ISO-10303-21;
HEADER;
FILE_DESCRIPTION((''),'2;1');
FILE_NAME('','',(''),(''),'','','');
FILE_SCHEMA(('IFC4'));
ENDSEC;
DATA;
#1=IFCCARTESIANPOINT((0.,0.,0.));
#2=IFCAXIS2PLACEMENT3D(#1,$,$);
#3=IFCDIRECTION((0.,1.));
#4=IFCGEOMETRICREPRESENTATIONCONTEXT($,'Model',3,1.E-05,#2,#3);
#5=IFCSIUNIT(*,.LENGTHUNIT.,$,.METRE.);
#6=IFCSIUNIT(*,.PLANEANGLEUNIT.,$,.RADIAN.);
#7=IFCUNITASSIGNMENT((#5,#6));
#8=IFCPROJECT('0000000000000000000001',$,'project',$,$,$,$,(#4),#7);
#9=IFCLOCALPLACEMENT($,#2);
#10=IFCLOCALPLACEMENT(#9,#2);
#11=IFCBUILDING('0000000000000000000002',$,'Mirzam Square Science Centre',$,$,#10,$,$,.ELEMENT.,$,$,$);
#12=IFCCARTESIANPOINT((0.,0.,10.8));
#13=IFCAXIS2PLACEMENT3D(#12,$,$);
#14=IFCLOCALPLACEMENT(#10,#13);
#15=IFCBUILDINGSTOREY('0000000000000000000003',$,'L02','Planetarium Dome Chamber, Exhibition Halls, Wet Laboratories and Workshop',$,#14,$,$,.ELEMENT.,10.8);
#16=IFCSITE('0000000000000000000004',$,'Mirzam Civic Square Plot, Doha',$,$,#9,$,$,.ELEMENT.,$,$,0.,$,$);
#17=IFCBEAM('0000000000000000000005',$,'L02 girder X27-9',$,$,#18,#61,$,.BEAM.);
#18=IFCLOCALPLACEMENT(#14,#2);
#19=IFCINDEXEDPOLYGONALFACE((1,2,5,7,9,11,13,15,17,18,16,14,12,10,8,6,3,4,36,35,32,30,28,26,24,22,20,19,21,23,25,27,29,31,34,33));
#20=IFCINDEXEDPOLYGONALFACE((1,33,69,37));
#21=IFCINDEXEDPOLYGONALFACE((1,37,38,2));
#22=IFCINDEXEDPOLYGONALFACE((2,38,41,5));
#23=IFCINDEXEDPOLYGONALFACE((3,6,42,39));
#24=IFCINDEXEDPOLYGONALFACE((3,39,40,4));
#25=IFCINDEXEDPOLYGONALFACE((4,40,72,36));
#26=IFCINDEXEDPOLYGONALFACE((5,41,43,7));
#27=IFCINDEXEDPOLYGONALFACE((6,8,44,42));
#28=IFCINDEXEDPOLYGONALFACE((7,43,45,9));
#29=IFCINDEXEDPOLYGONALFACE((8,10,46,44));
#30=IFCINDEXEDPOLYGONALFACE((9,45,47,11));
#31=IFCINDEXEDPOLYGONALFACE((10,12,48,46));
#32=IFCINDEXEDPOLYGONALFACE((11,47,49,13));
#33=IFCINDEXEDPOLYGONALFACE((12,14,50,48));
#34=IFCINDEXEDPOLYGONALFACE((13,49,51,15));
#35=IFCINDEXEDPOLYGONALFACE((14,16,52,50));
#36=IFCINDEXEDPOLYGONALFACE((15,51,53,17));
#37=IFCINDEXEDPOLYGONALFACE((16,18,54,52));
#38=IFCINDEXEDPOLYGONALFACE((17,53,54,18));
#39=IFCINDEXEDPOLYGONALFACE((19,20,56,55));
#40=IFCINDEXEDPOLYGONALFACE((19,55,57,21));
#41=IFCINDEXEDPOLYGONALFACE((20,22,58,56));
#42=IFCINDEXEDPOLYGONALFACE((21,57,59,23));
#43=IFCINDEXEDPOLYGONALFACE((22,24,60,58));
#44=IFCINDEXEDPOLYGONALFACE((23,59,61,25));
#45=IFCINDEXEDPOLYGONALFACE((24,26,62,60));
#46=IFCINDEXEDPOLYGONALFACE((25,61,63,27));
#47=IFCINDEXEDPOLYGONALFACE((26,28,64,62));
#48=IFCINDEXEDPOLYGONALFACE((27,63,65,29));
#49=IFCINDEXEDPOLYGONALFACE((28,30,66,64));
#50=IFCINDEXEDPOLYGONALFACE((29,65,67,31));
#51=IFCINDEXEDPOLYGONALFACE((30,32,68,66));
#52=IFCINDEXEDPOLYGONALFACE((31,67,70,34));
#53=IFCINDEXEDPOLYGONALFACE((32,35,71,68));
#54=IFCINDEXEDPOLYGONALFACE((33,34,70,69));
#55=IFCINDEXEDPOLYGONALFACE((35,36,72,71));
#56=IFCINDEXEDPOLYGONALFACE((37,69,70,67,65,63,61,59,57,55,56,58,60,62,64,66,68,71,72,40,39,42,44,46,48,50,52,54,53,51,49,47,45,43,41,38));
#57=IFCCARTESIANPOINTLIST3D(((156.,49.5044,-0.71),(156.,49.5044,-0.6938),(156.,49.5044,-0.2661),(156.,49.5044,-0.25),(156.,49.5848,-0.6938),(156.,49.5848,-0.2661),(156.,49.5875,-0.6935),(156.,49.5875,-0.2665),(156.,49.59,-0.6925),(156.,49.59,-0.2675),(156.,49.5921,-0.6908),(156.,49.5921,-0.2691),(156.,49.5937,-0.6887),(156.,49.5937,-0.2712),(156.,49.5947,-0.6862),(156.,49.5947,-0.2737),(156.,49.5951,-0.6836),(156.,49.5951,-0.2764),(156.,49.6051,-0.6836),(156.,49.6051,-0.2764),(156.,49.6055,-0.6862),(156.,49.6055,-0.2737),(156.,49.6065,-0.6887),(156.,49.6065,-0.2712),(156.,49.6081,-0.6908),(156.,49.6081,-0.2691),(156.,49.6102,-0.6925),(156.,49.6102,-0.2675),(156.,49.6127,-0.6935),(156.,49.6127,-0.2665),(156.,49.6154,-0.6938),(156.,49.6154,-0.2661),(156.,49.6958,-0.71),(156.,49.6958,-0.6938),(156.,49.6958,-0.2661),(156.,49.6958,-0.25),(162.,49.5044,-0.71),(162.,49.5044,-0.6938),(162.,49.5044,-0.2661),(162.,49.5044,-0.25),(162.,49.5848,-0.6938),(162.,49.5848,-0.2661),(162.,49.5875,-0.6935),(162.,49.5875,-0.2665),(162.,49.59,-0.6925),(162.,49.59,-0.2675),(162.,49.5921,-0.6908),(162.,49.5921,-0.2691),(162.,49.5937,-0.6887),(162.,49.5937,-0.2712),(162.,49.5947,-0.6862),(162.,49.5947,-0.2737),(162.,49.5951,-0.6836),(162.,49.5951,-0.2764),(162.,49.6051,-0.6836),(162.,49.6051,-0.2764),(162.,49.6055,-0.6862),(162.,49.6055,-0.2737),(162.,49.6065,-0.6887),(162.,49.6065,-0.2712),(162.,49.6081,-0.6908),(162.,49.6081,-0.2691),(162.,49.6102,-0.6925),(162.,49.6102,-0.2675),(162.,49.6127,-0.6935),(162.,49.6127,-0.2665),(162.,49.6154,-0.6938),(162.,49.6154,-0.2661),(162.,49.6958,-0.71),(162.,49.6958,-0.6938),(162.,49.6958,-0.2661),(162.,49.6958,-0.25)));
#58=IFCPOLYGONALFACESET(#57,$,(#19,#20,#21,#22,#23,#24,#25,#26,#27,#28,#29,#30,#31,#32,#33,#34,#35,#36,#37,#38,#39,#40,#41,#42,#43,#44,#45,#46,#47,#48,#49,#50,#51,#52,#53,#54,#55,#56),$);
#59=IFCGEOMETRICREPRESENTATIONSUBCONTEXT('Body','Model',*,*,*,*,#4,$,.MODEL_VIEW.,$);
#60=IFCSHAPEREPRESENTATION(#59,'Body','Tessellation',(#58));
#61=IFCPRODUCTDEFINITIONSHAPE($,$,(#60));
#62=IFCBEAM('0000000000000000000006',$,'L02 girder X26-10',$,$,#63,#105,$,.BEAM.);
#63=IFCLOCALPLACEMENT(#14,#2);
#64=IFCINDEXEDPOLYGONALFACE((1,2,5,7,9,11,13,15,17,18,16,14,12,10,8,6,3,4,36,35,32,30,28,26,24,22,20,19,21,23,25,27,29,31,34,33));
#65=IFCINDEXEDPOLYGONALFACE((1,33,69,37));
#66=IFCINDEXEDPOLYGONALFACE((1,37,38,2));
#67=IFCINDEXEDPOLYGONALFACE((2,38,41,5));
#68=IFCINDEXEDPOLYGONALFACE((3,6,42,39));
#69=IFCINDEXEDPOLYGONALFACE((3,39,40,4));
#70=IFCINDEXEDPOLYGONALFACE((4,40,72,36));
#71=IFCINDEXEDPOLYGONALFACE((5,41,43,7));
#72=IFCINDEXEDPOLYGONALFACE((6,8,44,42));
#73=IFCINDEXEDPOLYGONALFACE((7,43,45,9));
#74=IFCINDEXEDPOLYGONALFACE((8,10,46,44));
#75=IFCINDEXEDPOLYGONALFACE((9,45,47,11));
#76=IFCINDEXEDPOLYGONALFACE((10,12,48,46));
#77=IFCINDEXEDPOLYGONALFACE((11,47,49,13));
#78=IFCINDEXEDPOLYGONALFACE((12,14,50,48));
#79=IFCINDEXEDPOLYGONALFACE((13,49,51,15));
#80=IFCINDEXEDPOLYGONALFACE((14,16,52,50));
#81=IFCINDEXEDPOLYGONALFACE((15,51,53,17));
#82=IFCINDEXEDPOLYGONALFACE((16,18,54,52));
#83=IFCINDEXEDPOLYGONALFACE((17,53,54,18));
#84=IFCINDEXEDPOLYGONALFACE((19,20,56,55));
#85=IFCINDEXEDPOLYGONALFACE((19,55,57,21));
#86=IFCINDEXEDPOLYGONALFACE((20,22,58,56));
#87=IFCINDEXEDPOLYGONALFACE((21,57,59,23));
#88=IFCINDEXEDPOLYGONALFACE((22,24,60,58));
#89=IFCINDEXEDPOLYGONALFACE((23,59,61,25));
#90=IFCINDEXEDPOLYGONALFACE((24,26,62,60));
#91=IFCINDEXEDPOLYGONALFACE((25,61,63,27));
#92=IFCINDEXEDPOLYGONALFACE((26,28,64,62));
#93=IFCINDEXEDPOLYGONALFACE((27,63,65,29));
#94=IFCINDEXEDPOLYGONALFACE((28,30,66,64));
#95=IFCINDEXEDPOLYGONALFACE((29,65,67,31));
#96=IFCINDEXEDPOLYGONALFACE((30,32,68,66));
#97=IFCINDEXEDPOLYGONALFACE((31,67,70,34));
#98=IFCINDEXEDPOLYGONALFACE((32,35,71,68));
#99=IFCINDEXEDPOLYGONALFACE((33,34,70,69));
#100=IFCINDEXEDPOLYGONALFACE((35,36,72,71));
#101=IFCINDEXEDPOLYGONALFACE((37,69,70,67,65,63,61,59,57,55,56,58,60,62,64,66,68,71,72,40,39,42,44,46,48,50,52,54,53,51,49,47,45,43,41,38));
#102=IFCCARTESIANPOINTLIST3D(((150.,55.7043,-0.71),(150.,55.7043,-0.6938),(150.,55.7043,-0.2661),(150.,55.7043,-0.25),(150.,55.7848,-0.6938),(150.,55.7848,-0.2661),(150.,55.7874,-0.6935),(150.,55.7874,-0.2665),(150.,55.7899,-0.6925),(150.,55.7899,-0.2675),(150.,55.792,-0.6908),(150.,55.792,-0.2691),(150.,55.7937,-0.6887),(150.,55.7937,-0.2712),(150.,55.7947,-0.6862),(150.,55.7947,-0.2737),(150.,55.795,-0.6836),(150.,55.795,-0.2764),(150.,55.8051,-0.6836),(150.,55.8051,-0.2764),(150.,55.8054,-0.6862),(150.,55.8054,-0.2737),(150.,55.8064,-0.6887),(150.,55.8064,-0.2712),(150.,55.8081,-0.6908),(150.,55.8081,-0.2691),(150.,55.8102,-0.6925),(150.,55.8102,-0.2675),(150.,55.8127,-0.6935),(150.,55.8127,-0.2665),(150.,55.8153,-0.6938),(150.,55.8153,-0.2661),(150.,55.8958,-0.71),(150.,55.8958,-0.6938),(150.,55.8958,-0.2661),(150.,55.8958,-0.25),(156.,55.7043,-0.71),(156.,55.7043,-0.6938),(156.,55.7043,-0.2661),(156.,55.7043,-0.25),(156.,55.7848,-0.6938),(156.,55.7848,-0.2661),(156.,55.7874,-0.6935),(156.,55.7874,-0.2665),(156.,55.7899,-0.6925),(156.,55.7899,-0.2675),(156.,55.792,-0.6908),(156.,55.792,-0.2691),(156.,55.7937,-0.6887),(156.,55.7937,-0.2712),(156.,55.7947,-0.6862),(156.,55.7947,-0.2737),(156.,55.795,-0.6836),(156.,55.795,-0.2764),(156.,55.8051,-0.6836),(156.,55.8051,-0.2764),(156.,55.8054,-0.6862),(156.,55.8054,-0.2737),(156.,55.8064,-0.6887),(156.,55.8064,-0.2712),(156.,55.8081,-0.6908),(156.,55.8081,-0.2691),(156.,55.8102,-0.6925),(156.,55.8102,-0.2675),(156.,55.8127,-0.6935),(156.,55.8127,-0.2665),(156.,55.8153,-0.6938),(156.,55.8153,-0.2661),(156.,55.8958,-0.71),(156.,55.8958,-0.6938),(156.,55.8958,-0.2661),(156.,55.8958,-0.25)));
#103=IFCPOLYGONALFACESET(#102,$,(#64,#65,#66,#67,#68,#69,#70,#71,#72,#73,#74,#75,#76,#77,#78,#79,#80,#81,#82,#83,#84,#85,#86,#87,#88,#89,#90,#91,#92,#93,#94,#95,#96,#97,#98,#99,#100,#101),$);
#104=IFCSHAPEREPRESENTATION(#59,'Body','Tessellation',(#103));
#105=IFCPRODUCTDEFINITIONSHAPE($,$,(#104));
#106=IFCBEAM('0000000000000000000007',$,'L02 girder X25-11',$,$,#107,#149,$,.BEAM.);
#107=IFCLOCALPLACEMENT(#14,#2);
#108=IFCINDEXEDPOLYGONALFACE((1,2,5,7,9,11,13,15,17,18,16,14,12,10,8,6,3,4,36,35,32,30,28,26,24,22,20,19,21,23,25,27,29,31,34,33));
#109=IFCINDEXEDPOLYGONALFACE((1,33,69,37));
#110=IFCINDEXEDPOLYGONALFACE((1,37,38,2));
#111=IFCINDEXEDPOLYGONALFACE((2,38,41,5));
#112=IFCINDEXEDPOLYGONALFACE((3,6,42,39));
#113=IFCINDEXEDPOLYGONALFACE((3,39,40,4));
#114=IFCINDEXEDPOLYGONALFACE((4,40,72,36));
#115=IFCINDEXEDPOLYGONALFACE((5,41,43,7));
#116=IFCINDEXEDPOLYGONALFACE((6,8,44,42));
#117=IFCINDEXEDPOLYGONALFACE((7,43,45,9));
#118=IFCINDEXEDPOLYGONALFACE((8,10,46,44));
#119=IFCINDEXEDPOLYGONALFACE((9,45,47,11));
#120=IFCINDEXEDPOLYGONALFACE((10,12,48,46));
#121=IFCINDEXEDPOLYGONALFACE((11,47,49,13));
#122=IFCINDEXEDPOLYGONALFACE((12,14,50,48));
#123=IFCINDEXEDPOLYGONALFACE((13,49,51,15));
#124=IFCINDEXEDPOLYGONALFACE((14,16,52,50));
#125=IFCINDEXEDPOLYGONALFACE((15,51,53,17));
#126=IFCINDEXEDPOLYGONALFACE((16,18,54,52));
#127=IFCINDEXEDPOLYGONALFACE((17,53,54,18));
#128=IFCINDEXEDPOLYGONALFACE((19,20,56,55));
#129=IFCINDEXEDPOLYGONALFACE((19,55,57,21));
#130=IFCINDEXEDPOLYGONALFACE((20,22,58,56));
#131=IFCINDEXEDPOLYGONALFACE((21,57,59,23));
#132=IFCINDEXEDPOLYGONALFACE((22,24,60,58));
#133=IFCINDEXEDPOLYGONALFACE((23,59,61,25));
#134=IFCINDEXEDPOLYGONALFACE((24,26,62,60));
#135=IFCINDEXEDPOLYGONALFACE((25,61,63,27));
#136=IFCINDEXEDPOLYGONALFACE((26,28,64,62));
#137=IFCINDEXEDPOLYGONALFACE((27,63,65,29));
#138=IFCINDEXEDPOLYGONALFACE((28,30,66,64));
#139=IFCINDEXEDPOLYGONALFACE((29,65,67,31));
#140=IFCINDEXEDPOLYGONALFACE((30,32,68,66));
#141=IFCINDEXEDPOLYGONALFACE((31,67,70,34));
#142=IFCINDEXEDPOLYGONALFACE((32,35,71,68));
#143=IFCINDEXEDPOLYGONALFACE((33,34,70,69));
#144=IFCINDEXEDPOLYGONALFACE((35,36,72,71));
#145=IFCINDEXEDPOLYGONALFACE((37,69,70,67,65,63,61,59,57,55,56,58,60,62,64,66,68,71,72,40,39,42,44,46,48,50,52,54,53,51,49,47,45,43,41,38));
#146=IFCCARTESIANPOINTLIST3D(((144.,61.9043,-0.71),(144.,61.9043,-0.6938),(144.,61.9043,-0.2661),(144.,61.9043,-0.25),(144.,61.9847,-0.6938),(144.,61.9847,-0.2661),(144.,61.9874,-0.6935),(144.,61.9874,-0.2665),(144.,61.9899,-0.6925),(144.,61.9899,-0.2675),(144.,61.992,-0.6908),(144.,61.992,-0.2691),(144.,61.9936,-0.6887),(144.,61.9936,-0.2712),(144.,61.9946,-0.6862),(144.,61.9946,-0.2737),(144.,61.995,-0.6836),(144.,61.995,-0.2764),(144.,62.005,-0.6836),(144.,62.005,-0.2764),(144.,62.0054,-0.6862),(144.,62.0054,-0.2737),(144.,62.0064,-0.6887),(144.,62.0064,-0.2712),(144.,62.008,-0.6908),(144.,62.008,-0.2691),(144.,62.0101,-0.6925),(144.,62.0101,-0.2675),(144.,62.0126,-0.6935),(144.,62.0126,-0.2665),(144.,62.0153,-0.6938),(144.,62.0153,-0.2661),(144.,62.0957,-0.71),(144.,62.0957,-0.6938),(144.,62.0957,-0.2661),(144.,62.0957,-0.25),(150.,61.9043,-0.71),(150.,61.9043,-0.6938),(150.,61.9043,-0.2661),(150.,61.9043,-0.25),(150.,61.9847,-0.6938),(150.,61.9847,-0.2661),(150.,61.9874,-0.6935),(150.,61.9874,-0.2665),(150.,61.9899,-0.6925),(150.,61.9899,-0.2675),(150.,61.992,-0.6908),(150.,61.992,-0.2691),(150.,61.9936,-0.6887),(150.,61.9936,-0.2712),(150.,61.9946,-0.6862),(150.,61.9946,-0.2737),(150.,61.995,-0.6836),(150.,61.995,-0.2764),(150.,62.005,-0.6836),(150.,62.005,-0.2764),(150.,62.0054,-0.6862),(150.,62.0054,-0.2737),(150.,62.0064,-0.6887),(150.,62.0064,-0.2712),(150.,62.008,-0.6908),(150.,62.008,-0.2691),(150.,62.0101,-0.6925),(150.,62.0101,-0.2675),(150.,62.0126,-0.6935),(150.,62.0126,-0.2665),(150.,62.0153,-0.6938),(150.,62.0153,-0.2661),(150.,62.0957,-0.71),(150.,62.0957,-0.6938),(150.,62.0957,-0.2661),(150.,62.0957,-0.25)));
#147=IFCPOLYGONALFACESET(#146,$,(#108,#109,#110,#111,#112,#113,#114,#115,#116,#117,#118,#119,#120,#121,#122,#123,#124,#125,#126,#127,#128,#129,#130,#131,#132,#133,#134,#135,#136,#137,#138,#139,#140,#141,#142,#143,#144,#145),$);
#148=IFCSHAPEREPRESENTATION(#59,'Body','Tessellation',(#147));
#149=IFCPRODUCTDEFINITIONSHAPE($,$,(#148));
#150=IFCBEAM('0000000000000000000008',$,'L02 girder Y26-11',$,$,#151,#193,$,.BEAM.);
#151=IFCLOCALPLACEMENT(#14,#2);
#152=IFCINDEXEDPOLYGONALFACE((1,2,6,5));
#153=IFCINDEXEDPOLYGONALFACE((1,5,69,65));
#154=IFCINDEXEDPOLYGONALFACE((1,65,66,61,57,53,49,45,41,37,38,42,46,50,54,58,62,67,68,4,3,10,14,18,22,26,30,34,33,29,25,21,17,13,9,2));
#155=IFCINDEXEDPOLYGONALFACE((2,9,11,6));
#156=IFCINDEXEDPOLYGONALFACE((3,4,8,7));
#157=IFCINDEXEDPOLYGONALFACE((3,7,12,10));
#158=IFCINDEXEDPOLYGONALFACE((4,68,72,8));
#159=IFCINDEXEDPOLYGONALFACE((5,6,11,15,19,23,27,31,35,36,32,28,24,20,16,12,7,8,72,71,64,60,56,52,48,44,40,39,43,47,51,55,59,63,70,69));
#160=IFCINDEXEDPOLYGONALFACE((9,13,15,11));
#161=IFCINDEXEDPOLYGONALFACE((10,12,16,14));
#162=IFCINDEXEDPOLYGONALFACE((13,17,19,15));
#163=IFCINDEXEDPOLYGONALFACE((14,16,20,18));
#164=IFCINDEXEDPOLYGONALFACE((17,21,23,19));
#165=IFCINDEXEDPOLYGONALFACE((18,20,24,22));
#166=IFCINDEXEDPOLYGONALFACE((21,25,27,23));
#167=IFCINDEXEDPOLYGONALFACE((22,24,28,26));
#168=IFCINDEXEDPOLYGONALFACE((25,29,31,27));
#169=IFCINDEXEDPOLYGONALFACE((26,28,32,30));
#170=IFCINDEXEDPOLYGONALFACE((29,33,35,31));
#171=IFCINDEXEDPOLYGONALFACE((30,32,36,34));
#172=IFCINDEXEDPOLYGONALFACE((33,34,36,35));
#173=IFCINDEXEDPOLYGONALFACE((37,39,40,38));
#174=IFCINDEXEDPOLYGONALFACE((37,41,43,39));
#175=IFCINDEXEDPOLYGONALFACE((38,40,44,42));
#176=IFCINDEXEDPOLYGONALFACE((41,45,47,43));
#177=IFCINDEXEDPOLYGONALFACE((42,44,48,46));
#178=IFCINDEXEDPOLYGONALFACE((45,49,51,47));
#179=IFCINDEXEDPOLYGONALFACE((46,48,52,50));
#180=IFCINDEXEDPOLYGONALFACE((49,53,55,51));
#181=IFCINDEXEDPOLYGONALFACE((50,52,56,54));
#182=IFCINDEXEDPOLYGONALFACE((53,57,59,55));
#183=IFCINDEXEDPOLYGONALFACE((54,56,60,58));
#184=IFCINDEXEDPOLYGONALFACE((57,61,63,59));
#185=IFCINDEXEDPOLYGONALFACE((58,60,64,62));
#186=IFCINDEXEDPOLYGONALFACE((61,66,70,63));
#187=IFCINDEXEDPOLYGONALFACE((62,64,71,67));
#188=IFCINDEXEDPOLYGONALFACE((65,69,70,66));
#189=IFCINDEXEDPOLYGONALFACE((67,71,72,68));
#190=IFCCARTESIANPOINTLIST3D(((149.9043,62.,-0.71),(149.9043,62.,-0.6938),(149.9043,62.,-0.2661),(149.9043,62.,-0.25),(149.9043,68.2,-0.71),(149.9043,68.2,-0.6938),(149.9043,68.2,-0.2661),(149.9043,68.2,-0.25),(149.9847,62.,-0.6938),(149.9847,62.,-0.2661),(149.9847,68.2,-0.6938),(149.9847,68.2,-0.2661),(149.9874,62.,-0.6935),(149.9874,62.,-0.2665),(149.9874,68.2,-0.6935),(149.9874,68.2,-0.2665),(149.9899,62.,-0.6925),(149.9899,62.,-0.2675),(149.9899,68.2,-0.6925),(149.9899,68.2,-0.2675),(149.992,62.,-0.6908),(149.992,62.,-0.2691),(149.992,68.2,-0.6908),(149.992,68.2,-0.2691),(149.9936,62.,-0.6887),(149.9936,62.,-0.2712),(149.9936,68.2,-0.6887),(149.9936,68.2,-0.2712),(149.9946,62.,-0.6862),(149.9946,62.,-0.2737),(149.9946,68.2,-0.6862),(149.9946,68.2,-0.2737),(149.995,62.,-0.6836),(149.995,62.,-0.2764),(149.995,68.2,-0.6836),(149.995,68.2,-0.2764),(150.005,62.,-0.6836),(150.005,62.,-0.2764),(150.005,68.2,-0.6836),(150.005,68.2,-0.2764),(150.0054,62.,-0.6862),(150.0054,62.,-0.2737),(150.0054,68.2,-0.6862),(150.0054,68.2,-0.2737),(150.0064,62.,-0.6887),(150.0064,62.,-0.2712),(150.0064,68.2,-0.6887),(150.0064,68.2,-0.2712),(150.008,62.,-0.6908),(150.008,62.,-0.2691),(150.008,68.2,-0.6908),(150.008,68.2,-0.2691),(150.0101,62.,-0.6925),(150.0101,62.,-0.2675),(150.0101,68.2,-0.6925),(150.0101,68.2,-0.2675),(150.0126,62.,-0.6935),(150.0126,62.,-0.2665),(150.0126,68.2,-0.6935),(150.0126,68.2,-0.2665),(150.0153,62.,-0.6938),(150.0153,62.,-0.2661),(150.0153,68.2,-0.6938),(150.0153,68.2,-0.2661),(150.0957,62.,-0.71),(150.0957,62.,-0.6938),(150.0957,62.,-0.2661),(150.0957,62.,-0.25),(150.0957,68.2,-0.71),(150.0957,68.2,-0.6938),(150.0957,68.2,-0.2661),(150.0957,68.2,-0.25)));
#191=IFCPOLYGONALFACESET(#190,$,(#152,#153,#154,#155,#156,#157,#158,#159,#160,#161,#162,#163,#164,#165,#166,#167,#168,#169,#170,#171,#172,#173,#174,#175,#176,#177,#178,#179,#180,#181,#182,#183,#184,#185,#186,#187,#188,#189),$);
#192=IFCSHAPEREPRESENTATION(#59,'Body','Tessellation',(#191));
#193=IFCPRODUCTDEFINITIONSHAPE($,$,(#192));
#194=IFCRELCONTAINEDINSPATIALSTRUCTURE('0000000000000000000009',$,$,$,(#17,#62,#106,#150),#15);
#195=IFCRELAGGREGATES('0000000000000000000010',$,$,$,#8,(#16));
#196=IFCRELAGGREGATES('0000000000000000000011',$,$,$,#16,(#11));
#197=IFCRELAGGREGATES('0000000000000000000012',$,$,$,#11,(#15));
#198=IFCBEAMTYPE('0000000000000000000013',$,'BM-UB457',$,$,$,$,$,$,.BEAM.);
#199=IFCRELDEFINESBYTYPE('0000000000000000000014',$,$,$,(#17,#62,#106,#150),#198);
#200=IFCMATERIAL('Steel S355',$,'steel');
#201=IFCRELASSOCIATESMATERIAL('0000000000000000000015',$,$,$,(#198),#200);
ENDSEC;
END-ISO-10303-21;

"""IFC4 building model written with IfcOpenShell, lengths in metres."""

from ifc_helpers import new_model, si_unit, direction, frame, origin, origin_2d, place, context, subcontext, project, spatial, i_section, extrude, material, material_profile, profile_set, type_object, element, save


model = new_model("IFC4")

# Units and contexts
model_context = context("Model", 3, precision=1e-05, world=origin(), true_north=direction((0.0, 1.0)))
body_context = subcontext(model_context, "Body", "Model", "MODEL_VIEW")
ifc_project = project(units=[si_unit("LENGTHUNIT", "METRE"), si_unit("PLANEANGLEUNIT", "RADIAN")], contexts=[model_context])

# Site, building, storey
site_placement = place(None, origin())
site = spatial("IfcSite", under=ifc_project, at=site_placement, Name="Mirzam Civic Square Plot, Doha", CompositionType="ELEMENT", RefElevation=0.0)
building_placement = place(site_placement, origin())
building = spatial("IfcBuilding", under=site, at=building_placement, Name="Mirzam Square Science Centre", CompositionType="ELEMENT")
storey_placement = place(building_placement, frame((0.0, 0.0, 10.8)))
storey = spatial("IfcBuildingStorey", under=building, at=storey_placement, Name="L02", Description="Planetarium Dome Chamber, Exhibition Halls, Wet Laboratories and Workshop", CompositionType="ELEMENT", Elevation=10.8)

# Shared definitions
ifc_material_1 = material(Name="Steel S355", Category="steel")

# Beams
ifc_material_profile_1 = material_profile(ifc_material_1, i_section(OverallWidth=0.1914, OverallDepth=0.46, WebThickness=0.01, FlangeThickness=0.0161, FilletRadius=0.0103, at=origin_2d()), Name="457x191x82UB")
ifc_profile_set_1 = profile_set([ifc_material_profile_1], Name="Steel S355")
beam_type_1 = type_object("IfcBeamType", Name="BM-UB457", PredefinedType="BEAM", material=ifc_profile_set_1)
for number, where, z_axis, x_axis, name in (
    (1, (156.0, 49.6001, -0.48), (1.0, 0.0, 0.0), (0.0, 1.0, 0.0), "L02 girder X27-9"),
    (2, (150.0, 55.8, -0.48), (1.0, 0.0, 0.0), (0.0, 1.0, 0.0), "L02 girder X26-10"),
    (3, (144.0, 62.0, -0.48), (1.0, 0.0, 0.0), (0.0, 1.0, 0.0), "L02 girder X25-11"),
):
    element("IfcBeam", number, at=place(storey_placement, frame(where, z_axis=z_axis, x_axis=x_axis)), inside=storey, type_object=beam_type_1, Name=name, PredefinedType="BEAM", context=body_context, shape_type="SweptSolid", body=[
        extrude(i_section(OverallWidth=0.1914, OverallDepth=0.46, WebThickness=0.01, FlangeThickness=0.0161, FilletRadius=0.0103, at=origin_2d()), origin(), (0.0, 0.0, 1.0), 6.0),
    ])
beam_1_placement = place(storey_placement, frame((150.0, 62.0, -0.48), z_axis=(0.0, 1.0, 0.0), x_axis=(-1.0, 0.0, 0.0)))
element("IfcBeam", 4, at=beam_1_placement, inside=storey, type_object=beam_type_1, Name="L02 girder Y26-11", PredefinedType="BEAM", context=body_context, shape_type="SweptSolid", body=[
    extrude(i_section(OverallWidth=0.1914, OverallDepth=0.46, WebThickness=0.01, FlangeThickness=0.0161, FilletRadius=0.0103, at=origin_2d()), origin(), (0.0, 0.0, 1.0), 6.2),
])

save(model, "model.ifc")
